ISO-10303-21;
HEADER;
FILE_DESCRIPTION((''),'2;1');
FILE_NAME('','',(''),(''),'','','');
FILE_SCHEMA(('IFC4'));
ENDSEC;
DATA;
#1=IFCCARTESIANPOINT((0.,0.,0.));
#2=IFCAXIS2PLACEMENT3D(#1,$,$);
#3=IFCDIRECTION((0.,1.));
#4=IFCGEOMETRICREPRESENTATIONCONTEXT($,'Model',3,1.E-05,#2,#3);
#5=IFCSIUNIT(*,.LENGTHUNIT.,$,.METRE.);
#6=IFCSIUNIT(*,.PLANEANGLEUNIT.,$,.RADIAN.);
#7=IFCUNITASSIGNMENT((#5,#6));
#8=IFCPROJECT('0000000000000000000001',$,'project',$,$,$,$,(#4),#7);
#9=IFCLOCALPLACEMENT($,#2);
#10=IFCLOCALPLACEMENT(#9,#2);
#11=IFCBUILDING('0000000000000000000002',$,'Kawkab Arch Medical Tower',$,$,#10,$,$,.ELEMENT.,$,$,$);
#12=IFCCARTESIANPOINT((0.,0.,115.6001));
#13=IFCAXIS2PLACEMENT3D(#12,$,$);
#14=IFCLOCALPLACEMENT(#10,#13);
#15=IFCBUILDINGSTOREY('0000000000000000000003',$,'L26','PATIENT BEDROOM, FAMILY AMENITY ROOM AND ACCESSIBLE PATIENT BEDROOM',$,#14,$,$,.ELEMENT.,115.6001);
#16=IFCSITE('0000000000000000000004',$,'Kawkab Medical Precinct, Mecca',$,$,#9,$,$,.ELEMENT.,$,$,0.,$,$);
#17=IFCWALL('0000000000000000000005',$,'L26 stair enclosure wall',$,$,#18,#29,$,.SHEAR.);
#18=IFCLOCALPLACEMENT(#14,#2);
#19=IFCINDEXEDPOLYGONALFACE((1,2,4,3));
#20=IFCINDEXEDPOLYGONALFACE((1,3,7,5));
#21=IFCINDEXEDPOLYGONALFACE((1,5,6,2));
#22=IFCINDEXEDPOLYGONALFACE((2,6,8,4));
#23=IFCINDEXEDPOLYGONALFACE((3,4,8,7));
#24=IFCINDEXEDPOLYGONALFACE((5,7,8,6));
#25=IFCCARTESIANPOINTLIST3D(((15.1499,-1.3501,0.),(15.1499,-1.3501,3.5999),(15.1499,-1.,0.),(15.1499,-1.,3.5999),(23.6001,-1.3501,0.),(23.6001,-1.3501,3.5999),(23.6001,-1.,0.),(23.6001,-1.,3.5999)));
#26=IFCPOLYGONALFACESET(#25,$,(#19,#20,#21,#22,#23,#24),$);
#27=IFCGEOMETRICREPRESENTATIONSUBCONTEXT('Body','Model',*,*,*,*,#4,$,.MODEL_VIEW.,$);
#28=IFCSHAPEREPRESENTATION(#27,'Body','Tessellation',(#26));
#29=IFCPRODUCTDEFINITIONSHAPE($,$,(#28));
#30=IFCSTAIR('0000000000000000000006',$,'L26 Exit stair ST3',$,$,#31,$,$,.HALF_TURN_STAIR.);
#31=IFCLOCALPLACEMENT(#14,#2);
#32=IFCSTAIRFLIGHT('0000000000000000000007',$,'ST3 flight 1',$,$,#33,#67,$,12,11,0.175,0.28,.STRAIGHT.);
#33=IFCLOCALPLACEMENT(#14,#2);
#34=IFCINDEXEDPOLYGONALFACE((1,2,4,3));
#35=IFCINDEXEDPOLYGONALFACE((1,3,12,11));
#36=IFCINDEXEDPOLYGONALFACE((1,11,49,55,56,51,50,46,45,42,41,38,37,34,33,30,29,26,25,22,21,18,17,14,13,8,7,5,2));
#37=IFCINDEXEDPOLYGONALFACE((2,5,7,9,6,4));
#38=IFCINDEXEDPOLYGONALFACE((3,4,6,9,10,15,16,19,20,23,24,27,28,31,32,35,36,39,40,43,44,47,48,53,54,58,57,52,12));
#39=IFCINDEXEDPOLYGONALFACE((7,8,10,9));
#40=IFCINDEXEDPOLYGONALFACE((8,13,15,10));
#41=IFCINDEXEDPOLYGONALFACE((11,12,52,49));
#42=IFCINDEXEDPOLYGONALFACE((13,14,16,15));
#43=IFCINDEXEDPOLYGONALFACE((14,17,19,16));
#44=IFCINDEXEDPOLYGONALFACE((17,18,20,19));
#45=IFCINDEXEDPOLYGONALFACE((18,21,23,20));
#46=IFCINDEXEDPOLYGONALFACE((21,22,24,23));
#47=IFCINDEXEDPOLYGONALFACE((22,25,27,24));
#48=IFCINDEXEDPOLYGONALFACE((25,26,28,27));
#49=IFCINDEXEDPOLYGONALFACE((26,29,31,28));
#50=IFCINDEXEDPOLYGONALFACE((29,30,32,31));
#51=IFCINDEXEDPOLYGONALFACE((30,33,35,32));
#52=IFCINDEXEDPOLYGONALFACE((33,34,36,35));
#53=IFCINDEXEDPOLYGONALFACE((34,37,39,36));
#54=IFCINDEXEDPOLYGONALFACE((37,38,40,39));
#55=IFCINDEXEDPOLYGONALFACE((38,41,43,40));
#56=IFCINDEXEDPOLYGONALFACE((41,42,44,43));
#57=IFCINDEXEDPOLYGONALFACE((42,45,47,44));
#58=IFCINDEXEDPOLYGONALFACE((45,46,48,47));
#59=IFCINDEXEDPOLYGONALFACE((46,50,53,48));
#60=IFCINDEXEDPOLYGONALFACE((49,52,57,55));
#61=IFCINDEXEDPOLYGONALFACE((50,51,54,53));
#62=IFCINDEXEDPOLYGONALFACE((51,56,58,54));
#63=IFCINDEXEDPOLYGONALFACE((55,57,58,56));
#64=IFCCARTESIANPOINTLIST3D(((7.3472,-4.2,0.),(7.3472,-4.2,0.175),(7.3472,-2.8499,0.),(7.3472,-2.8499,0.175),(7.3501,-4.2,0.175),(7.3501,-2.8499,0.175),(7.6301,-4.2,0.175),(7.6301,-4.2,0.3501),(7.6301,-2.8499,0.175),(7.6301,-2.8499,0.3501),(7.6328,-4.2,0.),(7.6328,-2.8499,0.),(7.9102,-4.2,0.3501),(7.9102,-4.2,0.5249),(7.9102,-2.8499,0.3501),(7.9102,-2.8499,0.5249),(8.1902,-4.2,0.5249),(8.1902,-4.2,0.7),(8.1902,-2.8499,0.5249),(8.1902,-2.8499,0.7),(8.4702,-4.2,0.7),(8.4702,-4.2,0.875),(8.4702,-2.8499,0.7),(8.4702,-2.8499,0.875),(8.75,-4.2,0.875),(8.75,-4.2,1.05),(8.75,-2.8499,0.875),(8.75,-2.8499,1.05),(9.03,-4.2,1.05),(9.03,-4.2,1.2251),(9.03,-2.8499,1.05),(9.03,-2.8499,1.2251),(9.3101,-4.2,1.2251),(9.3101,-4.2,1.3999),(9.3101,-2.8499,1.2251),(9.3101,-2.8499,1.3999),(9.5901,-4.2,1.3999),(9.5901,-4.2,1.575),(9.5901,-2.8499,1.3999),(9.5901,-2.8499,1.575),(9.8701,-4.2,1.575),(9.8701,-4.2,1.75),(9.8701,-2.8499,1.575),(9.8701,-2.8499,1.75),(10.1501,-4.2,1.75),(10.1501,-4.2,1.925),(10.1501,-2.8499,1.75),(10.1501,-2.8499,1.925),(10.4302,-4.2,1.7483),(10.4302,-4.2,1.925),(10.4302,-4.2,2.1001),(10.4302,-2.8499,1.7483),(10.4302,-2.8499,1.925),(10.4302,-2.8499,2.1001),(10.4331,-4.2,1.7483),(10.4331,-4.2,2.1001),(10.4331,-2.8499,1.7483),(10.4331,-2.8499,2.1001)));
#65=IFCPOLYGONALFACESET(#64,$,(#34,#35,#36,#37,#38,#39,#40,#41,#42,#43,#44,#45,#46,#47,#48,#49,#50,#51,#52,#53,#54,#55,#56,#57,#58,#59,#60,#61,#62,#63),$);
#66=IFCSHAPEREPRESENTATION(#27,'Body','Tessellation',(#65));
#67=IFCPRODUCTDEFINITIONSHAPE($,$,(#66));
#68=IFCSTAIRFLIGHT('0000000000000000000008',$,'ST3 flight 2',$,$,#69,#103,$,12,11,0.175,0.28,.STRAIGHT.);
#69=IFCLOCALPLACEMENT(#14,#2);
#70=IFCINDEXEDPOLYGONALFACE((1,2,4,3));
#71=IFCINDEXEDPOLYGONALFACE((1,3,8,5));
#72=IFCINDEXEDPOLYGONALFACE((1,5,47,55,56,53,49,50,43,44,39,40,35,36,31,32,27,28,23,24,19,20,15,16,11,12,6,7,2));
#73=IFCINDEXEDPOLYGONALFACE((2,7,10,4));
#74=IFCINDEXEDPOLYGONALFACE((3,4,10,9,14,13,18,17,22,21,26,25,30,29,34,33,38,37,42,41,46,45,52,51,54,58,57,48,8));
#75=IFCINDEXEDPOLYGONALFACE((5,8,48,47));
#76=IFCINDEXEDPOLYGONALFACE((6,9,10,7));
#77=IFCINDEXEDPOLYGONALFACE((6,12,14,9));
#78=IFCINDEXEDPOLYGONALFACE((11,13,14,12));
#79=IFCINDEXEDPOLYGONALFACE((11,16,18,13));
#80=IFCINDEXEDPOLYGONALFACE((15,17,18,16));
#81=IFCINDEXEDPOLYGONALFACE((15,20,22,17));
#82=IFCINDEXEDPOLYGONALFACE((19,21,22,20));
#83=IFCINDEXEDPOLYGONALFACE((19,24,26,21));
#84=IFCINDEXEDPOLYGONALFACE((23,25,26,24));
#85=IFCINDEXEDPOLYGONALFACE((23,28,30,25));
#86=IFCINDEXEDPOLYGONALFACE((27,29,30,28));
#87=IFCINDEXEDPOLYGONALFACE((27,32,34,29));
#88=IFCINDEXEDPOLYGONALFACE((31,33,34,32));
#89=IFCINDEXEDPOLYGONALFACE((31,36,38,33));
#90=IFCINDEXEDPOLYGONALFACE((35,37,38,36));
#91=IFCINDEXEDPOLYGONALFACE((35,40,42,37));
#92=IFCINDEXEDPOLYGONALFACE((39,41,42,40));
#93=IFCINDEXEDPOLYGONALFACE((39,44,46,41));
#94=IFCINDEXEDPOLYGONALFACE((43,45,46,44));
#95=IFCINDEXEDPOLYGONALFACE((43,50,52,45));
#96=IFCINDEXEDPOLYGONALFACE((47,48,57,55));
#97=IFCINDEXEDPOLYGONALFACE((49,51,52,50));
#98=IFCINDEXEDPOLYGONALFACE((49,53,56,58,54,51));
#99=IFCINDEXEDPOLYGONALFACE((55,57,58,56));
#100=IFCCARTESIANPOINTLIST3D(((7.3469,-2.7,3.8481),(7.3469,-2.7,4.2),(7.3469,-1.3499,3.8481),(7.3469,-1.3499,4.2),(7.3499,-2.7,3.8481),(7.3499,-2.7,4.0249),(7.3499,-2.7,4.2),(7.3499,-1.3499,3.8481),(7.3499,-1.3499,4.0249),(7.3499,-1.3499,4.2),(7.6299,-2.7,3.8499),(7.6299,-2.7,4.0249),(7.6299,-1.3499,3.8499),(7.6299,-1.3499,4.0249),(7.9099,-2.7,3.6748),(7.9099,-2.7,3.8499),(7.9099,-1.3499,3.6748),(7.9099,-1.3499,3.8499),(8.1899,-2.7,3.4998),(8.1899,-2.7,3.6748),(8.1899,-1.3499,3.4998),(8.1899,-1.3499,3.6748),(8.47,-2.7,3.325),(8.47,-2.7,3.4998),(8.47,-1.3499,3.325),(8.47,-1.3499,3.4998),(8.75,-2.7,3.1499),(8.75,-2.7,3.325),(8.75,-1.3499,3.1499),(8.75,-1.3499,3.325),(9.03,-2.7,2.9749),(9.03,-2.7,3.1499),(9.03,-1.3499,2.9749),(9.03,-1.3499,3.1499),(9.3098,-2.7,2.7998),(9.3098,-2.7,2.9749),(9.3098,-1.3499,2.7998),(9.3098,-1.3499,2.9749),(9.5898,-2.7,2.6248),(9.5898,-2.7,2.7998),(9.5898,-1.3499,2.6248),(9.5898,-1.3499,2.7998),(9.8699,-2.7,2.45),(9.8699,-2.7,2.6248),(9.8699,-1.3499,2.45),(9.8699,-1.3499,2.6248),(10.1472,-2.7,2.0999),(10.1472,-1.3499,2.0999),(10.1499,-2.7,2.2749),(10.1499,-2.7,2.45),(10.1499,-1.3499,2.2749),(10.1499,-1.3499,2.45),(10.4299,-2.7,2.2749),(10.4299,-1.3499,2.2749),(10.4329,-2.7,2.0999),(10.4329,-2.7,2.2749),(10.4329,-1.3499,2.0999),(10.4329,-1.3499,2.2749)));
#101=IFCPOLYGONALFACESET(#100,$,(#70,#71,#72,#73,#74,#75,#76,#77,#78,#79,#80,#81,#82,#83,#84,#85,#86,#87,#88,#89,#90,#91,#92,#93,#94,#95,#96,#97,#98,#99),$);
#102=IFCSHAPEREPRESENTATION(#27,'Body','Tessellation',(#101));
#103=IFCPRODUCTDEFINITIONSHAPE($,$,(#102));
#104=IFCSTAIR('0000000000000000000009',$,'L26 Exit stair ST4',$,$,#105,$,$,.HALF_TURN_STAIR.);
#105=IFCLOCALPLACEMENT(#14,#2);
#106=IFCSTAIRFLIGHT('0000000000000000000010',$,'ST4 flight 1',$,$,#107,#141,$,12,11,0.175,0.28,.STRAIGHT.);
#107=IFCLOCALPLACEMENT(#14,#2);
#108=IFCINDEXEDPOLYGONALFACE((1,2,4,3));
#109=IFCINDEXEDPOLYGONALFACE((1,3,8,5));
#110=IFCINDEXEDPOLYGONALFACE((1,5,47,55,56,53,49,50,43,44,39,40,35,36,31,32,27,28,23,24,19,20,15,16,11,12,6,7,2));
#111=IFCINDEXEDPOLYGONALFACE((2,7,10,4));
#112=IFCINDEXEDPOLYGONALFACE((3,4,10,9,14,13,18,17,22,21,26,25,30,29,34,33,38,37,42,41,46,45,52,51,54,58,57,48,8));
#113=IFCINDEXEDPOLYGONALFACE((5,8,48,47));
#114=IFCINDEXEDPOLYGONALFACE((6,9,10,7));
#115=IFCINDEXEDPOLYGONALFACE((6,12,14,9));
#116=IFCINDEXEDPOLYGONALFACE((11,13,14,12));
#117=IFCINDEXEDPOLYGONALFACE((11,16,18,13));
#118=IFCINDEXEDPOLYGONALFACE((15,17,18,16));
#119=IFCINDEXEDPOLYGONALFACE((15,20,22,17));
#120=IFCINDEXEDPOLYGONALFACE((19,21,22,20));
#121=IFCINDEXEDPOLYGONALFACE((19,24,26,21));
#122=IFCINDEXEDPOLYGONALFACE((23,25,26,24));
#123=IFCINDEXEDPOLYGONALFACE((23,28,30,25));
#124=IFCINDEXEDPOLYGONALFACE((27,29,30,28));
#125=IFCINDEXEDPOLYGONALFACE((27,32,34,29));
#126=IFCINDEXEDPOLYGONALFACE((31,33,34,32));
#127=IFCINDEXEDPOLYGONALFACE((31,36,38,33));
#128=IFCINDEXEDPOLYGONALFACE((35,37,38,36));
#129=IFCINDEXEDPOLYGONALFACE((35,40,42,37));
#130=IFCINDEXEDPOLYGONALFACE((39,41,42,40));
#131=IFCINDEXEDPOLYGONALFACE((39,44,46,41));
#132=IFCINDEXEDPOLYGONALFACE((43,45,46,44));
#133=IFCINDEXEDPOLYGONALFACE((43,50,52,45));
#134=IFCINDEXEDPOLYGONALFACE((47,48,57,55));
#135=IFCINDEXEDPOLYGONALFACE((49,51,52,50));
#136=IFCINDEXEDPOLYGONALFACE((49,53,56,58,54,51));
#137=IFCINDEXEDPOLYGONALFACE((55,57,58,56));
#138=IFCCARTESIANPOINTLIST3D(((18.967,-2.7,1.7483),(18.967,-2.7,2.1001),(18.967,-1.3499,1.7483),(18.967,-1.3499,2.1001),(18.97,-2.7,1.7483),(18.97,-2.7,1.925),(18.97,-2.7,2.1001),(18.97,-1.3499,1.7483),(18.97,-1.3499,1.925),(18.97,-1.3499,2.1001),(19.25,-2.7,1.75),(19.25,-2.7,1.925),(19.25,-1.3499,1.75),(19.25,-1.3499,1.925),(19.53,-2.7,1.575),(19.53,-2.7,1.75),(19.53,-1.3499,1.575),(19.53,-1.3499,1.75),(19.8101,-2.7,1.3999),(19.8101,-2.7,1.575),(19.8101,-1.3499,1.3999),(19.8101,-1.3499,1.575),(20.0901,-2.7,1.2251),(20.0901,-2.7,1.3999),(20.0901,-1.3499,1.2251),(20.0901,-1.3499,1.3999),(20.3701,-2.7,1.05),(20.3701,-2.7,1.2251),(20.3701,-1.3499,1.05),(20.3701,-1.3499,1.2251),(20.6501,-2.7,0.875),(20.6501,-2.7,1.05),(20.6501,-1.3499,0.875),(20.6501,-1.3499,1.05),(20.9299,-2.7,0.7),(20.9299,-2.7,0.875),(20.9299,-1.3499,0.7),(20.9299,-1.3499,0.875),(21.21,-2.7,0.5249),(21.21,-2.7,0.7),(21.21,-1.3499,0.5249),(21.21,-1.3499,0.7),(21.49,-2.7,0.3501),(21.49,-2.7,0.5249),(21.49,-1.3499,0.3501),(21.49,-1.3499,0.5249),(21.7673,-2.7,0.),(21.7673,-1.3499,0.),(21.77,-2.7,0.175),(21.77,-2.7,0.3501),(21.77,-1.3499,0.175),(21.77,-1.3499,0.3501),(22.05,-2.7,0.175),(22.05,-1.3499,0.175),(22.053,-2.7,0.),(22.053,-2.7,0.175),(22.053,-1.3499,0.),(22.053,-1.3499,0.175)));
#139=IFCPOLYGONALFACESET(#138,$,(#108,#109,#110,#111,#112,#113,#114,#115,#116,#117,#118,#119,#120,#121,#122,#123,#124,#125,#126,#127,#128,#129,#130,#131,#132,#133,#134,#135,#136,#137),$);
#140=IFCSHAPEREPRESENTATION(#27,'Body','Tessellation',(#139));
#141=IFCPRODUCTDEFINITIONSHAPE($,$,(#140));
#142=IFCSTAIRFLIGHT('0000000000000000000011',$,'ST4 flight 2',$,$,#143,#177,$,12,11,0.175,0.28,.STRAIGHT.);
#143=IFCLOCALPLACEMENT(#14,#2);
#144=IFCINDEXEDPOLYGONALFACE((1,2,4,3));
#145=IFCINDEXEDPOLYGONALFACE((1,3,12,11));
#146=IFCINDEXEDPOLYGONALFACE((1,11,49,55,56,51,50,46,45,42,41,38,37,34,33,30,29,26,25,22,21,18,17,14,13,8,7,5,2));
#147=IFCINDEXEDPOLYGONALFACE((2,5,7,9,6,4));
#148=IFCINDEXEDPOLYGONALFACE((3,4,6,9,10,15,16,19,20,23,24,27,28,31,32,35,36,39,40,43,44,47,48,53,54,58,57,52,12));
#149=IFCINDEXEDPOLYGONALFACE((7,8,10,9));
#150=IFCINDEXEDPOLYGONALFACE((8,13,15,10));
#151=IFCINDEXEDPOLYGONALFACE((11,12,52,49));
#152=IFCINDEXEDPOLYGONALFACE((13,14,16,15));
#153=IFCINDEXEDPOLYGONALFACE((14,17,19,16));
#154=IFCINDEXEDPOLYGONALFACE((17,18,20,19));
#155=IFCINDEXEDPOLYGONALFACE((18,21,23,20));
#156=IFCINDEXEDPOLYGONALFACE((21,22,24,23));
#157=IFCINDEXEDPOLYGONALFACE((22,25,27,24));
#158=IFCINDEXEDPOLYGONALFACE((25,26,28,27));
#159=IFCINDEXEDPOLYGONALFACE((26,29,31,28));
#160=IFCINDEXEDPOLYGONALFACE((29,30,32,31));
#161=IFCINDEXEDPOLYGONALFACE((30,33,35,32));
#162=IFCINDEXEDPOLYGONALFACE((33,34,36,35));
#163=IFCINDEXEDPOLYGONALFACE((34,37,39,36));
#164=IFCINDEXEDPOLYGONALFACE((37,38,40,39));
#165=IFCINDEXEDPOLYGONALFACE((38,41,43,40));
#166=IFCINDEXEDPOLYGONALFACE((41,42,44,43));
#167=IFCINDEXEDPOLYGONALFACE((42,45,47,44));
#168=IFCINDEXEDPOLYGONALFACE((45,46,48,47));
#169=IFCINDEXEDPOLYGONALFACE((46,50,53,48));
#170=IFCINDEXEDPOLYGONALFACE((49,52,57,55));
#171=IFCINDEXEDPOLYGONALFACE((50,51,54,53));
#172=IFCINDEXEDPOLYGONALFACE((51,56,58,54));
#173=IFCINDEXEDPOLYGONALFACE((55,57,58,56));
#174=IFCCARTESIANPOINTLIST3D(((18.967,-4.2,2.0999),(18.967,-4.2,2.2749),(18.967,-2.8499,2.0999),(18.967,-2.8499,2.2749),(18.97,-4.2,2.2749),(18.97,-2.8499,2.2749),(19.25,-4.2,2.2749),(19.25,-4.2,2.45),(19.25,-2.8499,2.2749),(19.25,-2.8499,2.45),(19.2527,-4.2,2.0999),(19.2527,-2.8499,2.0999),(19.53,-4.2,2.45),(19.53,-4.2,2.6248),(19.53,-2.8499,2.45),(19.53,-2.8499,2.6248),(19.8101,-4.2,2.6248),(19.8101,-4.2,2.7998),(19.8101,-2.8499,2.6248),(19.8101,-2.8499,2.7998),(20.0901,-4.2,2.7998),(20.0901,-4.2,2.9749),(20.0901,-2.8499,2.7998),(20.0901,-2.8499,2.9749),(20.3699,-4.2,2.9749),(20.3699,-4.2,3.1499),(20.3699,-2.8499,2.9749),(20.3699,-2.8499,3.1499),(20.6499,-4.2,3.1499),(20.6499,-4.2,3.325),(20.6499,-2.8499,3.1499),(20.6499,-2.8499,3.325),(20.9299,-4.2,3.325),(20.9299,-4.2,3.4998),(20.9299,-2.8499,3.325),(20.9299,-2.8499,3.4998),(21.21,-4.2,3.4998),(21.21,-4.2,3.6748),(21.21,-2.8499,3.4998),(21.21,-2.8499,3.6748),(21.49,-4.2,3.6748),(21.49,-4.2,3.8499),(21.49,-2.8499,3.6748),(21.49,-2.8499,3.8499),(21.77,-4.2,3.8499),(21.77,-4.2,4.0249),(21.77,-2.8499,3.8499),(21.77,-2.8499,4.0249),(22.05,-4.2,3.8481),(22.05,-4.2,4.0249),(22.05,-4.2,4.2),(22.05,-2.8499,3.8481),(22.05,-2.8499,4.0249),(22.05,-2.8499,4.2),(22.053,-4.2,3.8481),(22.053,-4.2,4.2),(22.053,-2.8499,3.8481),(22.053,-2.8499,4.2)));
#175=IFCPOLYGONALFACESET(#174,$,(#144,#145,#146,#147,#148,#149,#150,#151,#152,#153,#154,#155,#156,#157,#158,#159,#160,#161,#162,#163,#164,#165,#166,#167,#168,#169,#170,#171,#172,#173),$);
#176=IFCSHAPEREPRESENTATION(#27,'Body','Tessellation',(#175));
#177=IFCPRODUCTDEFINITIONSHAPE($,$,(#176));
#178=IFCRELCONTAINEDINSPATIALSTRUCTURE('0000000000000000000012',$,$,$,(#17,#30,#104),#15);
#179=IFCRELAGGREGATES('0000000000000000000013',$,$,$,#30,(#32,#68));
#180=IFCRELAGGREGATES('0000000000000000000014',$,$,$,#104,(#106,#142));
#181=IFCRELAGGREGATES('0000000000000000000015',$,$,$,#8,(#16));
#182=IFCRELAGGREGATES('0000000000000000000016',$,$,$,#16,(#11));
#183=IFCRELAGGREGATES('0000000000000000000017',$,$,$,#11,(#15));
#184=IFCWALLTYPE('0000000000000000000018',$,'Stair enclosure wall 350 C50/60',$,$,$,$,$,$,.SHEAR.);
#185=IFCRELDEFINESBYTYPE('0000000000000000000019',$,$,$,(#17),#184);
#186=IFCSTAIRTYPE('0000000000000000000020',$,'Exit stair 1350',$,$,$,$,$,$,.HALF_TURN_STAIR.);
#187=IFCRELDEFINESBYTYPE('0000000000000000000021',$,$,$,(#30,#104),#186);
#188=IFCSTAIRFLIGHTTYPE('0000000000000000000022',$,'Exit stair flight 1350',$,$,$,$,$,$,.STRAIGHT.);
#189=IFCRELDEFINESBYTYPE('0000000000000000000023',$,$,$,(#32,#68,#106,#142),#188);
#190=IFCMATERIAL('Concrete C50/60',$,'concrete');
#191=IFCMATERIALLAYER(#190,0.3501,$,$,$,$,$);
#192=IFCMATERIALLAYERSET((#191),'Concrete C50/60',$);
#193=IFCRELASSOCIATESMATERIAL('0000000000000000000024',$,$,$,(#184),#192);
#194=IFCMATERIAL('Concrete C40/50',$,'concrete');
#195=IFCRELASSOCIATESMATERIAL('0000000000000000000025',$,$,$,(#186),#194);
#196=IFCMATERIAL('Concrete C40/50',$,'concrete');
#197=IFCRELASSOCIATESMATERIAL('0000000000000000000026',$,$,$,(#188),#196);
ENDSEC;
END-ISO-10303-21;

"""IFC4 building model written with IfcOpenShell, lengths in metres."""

from ifc_helpers import new_model, si_unit, direction, frame, frame_2d, origin, place, context, subcontext, project, spatial, polyline, rectangle, outline, extrude, material, layer, layer_set, type_object, element, aggregate, save


model = new_model("IFC4")

# Units and contexts
model_context = context("Model", 3, precision=1e-05, world=origin(), true_north=direction((0.0, 1.0)))
body_context = subcontext(model_context, "Body", "Model", "MODEL_VIEW")
ifc_project = project(units=[si_unit("LENGTHUNIT", "METRE"), si_unit("PLANEANGLEUNIT", "RADIAN")], contexts=[model_context])

# Site, building, storey
site_placement = place(None, origin())
site = spatial("IfcSite", under=ifc_project, at=site_placement, Name="Kawkab Medical Precinct, Mecca", CompositionType="ELEMENT", RefElevation=0.0)
building_placement = place(site_placement, origin())
building = spatial("IfcBuilding", under=site, at=building_placement, Name="Kawkab Arch Medical Tower", CompositionType="ELEMENT")
storey_placement = place(building_placement, frame((0.0, 0.0, 115.6001)))
storey = spatial("IfcBuildingStorey", under=building, at=storey_placement, Name="L26", Description="PATIENT BEDROOM, FAMILY AMENITY ROOM AND ACCESSIBLE PATIENT BEDROOM", CompositionType="ELEMENT", Elevation=115.6001)

# Shared definitions
placement = place(storey_placement, origin())

# Wall
ifc_material_1 = material(Name="Concrete C50/60", Category="concrete")
ifc_layer_1 = layer(ifc_material_1, 0.3501)
ifc_layer_set_1 = layer_set([ifc_layer_1], Name="Concrete C50/60")
wall_type_1 = type_object("IfcWallType", Name="Stair enclosure wall 350 C50/60", PredefinedType="SHEAR", material=ifc_layer_set_1)
wall_1_placement = place(storey_placement, frame((15.1499, -1.175, 0.0), z_axis=(0.0, 0.0, 1.0), x_axis=(1.0, 0.0, 0.0)))
element("IfcWall", 1, at=wall_1_placement, inside=storey, type_object=wall_type_1, Name="L26 stair enclosure wall", PredefinedType="SHEAR", context=body_context, shape_type="SweptSolid", body=[
    extrude(rectangle(XDim=8.4502, YDim=0.3501, at=frame_2d((4.2251, 0.0))), origin(), (0.0, 0.0, 1.0), 3.5999),
])

# Stairs, stair flights
ifc_material_2 = material(Name="Concrete C40/50", Category="concrete")
stair_type = type_object("IfcStairType", Name="Exit stair 1350", PredefinedType="HALF_TURN_STAIR", material=ifc_material_2)
stair_1 = element("IfcStair", 2, at=placement, inside=storey, type_object=stair_type, Name="L26 Exit stair ST3", PredefinedType="HALF_TURN_STAIR")
ifc_material_3 = material(Name="Concrete C40/50", Category="concrete")
stair_flight_type = type_object("IfcStairFlightType", Name="Exit stair flight 1350", PredefinedType="STRAIGHT", material=ifc_material_3)
stair_flight_1_placement = place(storey_placement, frame((7.3501, -3.5249, 0.0), z_axis=(0.0, 0.0, 1.0), x_axis=(1.0, 0.0, 0.0)))
stair_flight_1 = element("IfcStairFlight", 3, at=stair_flight_1_placement, type_object=stair_flight_type, Name="ST3 flight 1", NumberOfRisers=12, NumberOfTreads=11, PredefinedType="STRAIGHT", RiserHeight=0.175, TreadLength=0.28, context=body_context, shape_type="SweptSolid", body=[
    extrude(outline(polyline([(-0.0029, 0.0), (-0.0029, 0.175), (0.0, 0.175), (0.28, 0.175), (0.28, 0.3501), (0.5601, 0.3501), (0.5601, 0.5249), (0.8401, 0.5249), (0.8401, 0.7), (1.1201, 0.7), (1.1201, 0.875), (1.3999, 0.875), (1.3999, 1.05), (1.6799, 1.05), (1.6799, 1.2251), (1.96, 1.2251), (1.96, 1.3999), (2.24, 1.3999), (2.24, 1.575), (2.52, 1.575), (2.52, 1.75), (2.8, 1.75), (2.8, 1.925), (3.0801, 1.925), (3.0801, 2.1001), (3.083, 2.1001), (3.083, 1.7483), (3.0801, 1.7483), (0.2827, 0.0), (-0.0029, 0.0)])), frame((0.0, 0.675, 0.0), z_axis=(0.0, -1.0, 0.0), x_axis=(1.0, 0.0, 0.0)), (0.0, 0.0, 1.0), 1.3501),
])
stair_flight_2_placement = place(storey_placement, frame((10.4299, -2.0249, 2.0999), z_axis=(0.0, 0.0, 1.0), x_axis=(-1.0, 0.0, 0.0)))
stair_flight_2 = element("IfcStairFlight", 4, at=stair_flight_2_placement, type_object=stair_flight_type, Name="ST3 flight 2", NumberOfRisers=12, NumberOfTreads=11, PredefinedType="STRAIGHT", RiserHeight=0.175, TreadLength=0.28, context=body_context, shape_type="SweptSolid", body=[
    extrude(outline(polyline([(-0.0029, 0.0), (-0.0029, 0.175), (0.0, 0.175), (0.28, 0.175), (0.28, 0.3501), (0.5601, 0.3501), (0.5601, 0.5249), (0.8401, 0.5249), (0.8401, 0.7), (1.1201, 0.7), (1.1201, 0.875), (1.3999, 0.875), (1.3999, 1.05), (1.6799, 1.05), (1.6799, 1.2251), (1.96, 1.2251), (1.96, 1.3999), (2.24, 1.3999), (2.24, 1.575), (2.52, 1.575), (2.52, 1.75), (2.8, 1.75), (2.8, 1.925), (3.0801, 1.925), (3.0801, 2.1001), (3.083, 2.1001), (3.083, 1.7483), (3.0801, 1.7483), (0.2827, 0.0), (-0.0029, 0.0)])), frame((0.0, 0.675, 0.0), z_axis=(0.0, -1.0, 0.0), x_axis=(1.0, 0.0, 0.0)), (0.0, 0.0, 1.0), 1.3501),
])
aggregate(stair_1, [stair_flight_1, stair_flight_2])
stair_2 = element("IfcStair", 5, at=placement, inside=storey, type_object=stair_type, Name="L26 Exit stair ST4", PredefinedType="HALF_TURN_STAIR")
stair_flight_3_placement = place(storey_placement, frame((22.05, -2.0249, 0.0), z_axis=(0.0, 0.0, 1.0), x_axis=(-1.0, 0.0, 0.0)))
stair_flight_3 = element("IfcStairFlight", 6, at=stair_flight_3_placement, type_object=stair_flight_type, Name="ST4 flight 1", NumberOfRisers=12, NumberOfTreads=11, PredefinedType="STRAIGHT", RiserHeight=0.175, TreadLength=0.28, context=body_context, shape_type="SweptSolid", body=[
    extrude(outline(polyline([(-0.0029, 0.0), (-0.0029, 0.175), (0.0, 0.175), (0.28, 0.175), (0.28, 0.3501), (0.5601, 0.3501), (0.5601, 0.5249), (0.8401, 0.5249), (0.8401, 0.7), (1.1201, 0.7), (1.1201, 0.875), (1.3999, 0.875), (1.3999, 1.05), (1.6799, 1.05), (1.6799, 1.2251), (1.96, 1.2251), (1.96, 1.3999), (2.24, 1.3999), (2.24, 1.575), (2.52, 1.575), (2.52, 1.75), (2.8, 1.75), (2.8, 1.925), (3.0801, 1.925), (3.0801, 2.1001), (3.083, 2.1001), (3.083, 1.7483), (3.0801, 1.7483), (0.2827, 0.0), (-0.0029, 0.0)])), frame((0.0, 0.675, 0.0), z_axis=(0.0, -1.0, 0.0), x_axis=(1.0, 0.0, 0.0)), (0.0, 0.0, 1.0), 1.3501),
])
stair_flight_4_placement = place(storey_placement, frame((18.97, -3.5249, 2.0999), z_axis=(0.0, 0.0, 1.0), x_axis=(1.0, 0.0, 0.0)))
stair_flight_4 = element("IfcStairFlight", 7, at=stair_flight_4_placement, type_object=stair_flight_type, Name="ST4 flight 2", NumberOfRisers=12, NumberOfTreads=11, PredefinedType="STRAIGHT", RiserHeight=0.175, TreadLength=0.28, context=body_context, shape_type="SweptSolid", body=[
    extrude(outline(polyline([(-0.0029, 0.0), (-0.0029, 0.175), (0.0, 0.175), (0.28, 0.175), (0.28, 0.3501), (0.5601, 0.3501), (0.5601, 0.5249), (0.8401, 0.5249), (0.8401, 0.7), (1.1201, 0.7), (1.1201, 0.875), (1.3999, 0.875), (1.3999, 1.05), (1.6799, 1.05), (1.6799, 1.2251), (1.96, 1.2251), (1.96, 1.3999), (2.24, 1.3999), (2.24, 1.575), (2.52, 1.575), (2.52, 1.75), (2.8, 1.75), (2.8, 1.925), (3.0801, 1.925), (3.0801, 2.1001), (3.083, 2.1001), (3.083, 1.7483), (3.0801, 1.7483), (0.2827, 0.0), (-0.0029, 0.0)])), frame((0.0, 0.675, 0.0), z_axis=(0.0, -1.0, 0.0), x_axis=(1.0, 0.0, 0.0)), (0.0, 0.0, 1.0), 1.3501),
])
aggregate(stair_2, [stair_flight_3, stair_flight_4])

save(model, "model.ifc")
